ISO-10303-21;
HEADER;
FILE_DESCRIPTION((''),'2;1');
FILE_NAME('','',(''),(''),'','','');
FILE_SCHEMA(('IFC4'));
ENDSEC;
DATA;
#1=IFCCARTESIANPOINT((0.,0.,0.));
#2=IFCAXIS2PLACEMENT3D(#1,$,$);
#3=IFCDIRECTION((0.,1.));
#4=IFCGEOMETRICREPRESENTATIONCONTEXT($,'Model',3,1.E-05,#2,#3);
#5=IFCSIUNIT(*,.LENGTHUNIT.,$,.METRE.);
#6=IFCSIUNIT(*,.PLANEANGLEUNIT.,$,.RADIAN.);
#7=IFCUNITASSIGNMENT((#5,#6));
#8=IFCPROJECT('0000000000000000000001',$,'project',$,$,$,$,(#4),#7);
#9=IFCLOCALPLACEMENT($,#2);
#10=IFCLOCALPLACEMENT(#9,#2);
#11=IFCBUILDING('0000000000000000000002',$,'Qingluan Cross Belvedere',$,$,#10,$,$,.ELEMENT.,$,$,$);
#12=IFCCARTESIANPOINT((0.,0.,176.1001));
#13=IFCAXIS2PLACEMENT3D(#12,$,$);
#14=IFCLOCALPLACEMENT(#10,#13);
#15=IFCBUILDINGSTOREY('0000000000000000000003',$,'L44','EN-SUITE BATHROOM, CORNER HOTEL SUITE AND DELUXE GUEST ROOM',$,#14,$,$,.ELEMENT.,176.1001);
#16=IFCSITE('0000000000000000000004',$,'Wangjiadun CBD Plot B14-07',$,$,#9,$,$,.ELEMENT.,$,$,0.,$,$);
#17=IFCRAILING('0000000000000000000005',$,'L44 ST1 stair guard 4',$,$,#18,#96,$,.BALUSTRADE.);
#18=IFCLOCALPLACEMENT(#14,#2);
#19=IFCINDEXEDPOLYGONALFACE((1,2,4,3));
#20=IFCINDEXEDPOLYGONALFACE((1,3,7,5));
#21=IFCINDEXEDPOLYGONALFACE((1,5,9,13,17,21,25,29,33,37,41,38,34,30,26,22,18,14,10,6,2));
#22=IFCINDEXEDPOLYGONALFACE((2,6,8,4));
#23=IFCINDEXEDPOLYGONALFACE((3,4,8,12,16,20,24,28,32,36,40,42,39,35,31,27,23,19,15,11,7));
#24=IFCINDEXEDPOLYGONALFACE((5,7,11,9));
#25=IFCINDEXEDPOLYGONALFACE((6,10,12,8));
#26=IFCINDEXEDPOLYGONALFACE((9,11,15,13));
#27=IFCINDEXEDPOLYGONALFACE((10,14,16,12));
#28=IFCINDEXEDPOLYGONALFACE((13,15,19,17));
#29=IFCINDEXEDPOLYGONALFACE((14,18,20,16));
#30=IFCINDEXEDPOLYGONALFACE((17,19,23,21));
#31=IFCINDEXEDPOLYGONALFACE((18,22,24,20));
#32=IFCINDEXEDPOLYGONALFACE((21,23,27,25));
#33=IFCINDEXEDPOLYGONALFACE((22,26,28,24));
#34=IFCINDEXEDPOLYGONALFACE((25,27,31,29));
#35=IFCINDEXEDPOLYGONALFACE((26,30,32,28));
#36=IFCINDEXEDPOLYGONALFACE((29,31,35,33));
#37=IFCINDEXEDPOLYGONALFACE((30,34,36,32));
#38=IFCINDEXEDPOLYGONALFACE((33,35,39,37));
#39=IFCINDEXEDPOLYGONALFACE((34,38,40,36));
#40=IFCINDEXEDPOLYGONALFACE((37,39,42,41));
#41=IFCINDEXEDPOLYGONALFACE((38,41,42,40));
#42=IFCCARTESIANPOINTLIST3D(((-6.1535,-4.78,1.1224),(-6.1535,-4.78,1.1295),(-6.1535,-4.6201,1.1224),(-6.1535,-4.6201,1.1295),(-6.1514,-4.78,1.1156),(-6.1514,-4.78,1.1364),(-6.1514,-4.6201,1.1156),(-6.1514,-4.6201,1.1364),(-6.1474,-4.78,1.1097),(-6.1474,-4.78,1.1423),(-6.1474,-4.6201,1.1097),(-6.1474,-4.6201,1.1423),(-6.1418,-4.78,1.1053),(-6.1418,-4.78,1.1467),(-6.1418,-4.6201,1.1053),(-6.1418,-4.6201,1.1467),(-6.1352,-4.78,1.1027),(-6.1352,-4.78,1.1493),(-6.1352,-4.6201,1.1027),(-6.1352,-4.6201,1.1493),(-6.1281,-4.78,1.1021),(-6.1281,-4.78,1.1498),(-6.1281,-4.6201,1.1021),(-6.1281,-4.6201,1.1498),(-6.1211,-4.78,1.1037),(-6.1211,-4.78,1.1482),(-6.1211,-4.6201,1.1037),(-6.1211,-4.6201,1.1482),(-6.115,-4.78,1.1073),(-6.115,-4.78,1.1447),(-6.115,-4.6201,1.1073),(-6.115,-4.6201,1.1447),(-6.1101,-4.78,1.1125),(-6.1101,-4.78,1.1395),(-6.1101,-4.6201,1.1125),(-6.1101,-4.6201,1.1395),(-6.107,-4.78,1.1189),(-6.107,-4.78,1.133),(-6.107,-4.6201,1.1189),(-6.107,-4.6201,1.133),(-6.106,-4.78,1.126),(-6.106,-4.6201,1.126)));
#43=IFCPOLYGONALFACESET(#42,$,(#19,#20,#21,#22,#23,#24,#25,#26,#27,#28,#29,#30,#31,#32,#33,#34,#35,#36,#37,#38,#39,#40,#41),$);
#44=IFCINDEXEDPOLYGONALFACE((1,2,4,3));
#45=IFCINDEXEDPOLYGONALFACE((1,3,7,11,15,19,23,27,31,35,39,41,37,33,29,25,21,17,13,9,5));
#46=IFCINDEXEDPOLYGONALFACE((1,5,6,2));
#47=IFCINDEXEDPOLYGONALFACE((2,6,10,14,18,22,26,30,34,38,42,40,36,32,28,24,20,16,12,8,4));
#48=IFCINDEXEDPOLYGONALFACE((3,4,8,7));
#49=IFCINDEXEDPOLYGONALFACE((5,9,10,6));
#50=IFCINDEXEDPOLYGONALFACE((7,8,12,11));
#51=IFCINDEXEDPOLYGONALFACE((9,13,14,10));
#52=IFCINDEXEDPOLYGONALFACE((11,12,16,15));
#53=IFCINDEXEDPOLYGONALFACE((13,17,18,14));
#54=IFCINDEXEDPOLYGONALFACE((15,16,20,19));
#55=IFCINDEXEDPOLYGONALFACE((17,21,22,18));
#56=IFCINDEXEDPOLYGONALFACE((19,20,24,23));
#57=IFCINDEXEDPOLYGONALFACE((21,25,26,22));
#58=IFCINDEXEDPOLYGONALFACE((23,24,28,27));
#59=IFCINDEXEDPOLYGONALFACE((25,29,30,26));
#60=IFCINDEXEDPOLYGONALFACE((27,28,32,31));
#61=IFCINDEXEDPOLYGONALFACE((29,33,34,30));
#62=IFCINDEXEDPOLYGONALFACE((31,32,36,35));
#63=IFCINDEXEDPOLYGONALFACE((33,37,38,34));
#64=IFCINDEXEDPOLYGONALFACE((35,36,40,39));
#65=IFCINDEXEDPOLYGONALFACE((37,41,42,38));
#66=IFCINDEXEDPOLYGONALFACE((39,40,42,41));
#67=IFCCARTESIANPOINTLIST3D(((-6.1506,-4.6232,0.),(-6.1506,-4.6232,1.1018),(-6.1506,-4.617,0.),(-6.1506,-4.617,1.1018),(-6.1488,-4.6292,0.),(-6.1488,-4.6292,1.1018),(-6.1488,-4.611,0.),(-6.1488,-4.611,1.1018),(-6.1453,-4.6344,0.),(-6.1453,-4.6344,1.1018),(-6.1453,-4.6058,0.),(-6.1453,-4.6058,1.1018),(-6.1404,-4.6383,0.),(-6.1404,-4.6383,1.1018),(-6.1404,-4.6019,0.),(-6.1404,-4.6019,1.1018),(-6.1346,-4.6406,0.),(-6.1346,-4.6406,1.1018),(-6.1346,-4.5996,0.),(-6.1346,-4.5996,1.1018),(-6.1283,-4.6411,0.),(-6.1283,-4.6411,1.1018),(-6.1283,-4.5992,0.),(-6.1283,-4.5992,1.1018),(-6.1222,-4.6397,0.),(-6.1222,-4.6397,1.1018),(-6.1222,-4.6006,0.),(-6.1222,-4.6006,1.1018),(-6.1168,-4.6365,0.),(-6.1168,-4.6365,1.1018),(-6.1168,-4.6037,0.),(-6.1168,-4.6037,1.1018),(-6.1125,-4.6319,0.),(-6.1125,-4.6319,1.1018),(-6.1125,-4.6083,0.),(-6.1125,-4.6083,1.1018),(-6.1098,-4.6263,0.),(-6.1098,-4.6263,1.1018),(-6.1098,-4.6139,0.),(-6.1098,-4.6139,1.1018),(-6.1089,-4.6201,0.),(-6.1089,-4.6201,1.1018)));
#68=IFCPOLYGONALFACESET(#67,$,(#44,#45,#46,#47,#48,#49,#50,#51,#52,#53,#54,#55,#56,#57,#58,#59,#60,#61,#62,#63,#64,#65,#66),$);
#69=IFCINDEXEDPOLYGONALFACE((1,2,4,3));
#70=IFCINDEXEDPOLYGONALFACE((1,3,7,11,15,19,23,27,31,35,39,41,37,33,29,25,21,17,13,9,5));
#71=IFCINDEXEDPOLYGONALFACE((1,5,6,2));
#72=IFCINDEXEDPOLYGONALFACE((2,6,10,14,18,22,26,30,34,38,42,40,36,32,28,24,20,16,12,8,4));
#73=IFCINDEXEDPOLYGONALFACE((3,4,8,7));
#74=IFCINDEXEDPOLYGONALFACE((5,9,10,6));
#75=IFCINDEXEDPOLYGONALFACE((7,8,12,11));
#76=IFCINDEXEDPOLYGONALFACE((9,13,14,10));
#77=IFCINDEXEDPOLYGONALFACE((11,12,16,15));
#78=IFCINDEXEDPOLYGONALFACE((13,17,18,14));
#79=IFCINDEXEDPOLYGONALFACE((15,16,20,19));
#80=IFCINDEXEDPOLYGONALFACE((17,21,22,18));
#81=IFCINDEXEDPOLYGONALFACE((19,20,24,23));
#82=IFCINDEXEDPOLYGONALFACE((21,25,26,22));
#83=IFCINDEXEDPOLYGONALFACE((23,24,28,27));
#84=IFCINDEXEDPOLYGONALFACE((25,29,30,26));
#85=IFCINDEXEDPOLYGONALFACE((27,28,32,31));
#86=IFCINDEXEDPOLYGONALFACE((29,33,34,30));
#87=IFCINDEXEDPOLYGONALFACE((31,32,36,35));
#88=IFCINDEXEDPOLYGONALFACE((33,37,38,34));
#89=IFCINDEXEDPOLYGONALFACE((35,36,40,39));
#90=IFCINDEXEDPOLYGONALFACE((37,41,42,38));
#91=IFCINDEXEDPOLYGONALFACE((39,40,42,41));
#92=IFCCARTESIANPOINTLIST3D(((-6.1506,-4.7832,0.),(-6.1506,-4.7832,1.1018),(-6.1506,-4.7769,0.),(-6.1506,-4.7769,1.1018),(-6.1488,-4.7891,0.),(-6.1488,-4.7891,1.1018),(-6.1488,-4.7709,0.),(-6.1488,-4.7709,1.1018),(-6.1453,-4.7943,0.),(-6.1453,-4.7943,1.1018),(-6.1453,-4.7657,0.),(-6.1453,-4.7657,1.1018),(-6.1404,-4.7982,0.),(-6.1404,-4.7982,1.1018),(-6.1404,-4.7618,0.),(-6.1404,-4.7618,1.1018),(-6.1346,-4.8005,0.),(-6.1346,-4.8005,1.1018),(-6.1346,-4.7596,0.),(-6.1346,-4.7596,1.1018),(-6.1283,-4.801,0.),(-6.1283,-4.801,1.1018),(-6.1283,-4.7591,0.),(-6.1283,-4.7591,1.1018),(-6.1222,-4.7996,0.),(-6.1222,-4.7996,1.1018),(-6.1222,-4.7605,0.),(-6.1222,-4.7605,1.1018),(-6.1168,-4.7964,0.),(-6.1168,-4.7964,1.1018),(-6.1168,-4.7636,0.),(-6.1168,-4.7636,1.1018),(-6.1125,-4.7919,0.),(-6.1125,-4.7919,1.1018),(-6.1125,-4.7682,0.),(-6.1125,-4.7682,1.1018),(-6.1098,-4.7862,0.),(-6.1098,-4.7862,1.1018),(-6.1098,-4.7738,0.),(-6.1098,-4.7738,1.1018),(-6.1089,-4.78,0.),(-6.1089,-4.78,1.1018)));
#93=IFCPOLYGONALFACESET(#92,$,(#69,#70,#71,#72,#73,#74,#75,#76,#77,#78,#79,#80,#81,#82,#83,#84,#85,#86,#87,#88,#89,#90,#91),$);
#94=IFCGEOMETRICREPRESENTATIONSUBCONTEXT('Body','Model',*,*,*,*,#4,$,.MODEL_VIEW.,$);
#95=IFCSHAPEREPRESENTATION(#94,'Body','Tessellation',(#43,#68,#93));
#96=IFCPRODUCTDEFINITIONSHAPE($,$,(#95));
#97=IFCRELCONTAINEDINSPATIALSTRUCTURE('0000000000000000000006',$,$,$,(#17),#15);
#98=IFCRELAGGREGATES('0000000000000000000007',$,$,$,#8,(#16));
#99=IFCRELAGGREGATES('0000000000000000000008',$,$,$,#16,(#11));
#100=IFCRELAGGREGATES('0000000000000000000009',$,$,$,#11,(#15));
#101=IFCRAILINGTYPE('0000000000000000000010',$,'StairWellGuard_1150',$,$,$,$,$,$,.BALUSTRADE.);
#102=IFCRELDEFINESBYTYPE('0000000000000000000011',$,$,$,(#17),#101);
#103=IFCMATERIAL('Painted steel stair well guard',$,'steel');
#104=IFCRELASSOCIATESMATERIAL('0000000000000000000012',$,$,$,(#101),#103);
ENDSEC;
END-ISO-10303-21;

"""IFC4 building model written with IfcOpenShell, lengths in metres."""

from ifc_helpers import new_model, si_unit, direction, frame, origin, origin_2d, place, context, subcontext, project, spatial, circle, extrude, material, type_object, element, save


model = new_model("IFC4")

# Units and contexts
model_context = context("Model", 3, precision=1e-05, world=origin(), true_north=direction((0.0, 1.0)))
body_context = subcontext(model_context, "Body", "Model", "MODEL_VIEW")
ifc_project = project(units=[si_unit("LENGTHUNIT", "METRE"), si_unit("PLANEANGLEUNIT", "RADIAN")], contexts=[model_context])

# Site, building, storey
site_placement = place(None, origin())
site = spatial("IfcSite", under=ifc_project, at=site_placement, Name="Wangjiadun CBD Plot B14-07", CompositionType="ELEMENT", RefElevation=0.0)
building_placement = place(site_placement, origin())
building = spatial("IfcBuilding", under=site, at=building_placement, Name="Qingluan Cross Belvedere", CompositionType="ELEMENT")
storey_placement = place(building_placement, frame((0.0, 0.0, 176.1001)))
storey = spatial("IfcBuildingStorey", under=building, at=storey_placement, Name="L44", Description="EN-SUITE BATHROOM, CORNER HOTEL SUITE AND DELUXE GUEST ROOM", CompositionType="ELEMENT", Elevation=176.1001)

# Railing
ifc_material_1 = material(Name="Painted steel stair well guard", Category="steel")
railing_type_1 = type_object("IfcRailingType", Name="StairWellGuard_1150", PredefinedType="BALUSTRADE", material=ifc_material_1)
railing_1_placement = place(storey_placement, frame((-6.1299, -4.6201, 0.0)))
element("IfcRailing", 1, at=railing_1_placement, inside=storey, type_object=railing_type_1, Name="L44 ST1 stair guard 4", PredefinedType="BALUSTRADE", context=body_context, shape_type="SweptSolid", body=[
    extrude(circle(Radius=0.0239, at=origin_2d()), frame((0.0, 0.0, 1.126), z_axis=(0.0, -1.0, 0.0), x_axis=(1.0, 0.0, 0.0)), (0.0, 0.0, 1.0), 0.1599),
    extrude(circle(Radius=0.021, at=origin_2d()), origin(), (0.0, 0.0, 1.0), 1.1018),
    extrude(circle(Radius=0.021, at=origin_2d()), frame((0.0, -0.1599, 0.0)), (0.0, 0.0, 1.0), 1.1018),
])

save(model, "model.ifc")
